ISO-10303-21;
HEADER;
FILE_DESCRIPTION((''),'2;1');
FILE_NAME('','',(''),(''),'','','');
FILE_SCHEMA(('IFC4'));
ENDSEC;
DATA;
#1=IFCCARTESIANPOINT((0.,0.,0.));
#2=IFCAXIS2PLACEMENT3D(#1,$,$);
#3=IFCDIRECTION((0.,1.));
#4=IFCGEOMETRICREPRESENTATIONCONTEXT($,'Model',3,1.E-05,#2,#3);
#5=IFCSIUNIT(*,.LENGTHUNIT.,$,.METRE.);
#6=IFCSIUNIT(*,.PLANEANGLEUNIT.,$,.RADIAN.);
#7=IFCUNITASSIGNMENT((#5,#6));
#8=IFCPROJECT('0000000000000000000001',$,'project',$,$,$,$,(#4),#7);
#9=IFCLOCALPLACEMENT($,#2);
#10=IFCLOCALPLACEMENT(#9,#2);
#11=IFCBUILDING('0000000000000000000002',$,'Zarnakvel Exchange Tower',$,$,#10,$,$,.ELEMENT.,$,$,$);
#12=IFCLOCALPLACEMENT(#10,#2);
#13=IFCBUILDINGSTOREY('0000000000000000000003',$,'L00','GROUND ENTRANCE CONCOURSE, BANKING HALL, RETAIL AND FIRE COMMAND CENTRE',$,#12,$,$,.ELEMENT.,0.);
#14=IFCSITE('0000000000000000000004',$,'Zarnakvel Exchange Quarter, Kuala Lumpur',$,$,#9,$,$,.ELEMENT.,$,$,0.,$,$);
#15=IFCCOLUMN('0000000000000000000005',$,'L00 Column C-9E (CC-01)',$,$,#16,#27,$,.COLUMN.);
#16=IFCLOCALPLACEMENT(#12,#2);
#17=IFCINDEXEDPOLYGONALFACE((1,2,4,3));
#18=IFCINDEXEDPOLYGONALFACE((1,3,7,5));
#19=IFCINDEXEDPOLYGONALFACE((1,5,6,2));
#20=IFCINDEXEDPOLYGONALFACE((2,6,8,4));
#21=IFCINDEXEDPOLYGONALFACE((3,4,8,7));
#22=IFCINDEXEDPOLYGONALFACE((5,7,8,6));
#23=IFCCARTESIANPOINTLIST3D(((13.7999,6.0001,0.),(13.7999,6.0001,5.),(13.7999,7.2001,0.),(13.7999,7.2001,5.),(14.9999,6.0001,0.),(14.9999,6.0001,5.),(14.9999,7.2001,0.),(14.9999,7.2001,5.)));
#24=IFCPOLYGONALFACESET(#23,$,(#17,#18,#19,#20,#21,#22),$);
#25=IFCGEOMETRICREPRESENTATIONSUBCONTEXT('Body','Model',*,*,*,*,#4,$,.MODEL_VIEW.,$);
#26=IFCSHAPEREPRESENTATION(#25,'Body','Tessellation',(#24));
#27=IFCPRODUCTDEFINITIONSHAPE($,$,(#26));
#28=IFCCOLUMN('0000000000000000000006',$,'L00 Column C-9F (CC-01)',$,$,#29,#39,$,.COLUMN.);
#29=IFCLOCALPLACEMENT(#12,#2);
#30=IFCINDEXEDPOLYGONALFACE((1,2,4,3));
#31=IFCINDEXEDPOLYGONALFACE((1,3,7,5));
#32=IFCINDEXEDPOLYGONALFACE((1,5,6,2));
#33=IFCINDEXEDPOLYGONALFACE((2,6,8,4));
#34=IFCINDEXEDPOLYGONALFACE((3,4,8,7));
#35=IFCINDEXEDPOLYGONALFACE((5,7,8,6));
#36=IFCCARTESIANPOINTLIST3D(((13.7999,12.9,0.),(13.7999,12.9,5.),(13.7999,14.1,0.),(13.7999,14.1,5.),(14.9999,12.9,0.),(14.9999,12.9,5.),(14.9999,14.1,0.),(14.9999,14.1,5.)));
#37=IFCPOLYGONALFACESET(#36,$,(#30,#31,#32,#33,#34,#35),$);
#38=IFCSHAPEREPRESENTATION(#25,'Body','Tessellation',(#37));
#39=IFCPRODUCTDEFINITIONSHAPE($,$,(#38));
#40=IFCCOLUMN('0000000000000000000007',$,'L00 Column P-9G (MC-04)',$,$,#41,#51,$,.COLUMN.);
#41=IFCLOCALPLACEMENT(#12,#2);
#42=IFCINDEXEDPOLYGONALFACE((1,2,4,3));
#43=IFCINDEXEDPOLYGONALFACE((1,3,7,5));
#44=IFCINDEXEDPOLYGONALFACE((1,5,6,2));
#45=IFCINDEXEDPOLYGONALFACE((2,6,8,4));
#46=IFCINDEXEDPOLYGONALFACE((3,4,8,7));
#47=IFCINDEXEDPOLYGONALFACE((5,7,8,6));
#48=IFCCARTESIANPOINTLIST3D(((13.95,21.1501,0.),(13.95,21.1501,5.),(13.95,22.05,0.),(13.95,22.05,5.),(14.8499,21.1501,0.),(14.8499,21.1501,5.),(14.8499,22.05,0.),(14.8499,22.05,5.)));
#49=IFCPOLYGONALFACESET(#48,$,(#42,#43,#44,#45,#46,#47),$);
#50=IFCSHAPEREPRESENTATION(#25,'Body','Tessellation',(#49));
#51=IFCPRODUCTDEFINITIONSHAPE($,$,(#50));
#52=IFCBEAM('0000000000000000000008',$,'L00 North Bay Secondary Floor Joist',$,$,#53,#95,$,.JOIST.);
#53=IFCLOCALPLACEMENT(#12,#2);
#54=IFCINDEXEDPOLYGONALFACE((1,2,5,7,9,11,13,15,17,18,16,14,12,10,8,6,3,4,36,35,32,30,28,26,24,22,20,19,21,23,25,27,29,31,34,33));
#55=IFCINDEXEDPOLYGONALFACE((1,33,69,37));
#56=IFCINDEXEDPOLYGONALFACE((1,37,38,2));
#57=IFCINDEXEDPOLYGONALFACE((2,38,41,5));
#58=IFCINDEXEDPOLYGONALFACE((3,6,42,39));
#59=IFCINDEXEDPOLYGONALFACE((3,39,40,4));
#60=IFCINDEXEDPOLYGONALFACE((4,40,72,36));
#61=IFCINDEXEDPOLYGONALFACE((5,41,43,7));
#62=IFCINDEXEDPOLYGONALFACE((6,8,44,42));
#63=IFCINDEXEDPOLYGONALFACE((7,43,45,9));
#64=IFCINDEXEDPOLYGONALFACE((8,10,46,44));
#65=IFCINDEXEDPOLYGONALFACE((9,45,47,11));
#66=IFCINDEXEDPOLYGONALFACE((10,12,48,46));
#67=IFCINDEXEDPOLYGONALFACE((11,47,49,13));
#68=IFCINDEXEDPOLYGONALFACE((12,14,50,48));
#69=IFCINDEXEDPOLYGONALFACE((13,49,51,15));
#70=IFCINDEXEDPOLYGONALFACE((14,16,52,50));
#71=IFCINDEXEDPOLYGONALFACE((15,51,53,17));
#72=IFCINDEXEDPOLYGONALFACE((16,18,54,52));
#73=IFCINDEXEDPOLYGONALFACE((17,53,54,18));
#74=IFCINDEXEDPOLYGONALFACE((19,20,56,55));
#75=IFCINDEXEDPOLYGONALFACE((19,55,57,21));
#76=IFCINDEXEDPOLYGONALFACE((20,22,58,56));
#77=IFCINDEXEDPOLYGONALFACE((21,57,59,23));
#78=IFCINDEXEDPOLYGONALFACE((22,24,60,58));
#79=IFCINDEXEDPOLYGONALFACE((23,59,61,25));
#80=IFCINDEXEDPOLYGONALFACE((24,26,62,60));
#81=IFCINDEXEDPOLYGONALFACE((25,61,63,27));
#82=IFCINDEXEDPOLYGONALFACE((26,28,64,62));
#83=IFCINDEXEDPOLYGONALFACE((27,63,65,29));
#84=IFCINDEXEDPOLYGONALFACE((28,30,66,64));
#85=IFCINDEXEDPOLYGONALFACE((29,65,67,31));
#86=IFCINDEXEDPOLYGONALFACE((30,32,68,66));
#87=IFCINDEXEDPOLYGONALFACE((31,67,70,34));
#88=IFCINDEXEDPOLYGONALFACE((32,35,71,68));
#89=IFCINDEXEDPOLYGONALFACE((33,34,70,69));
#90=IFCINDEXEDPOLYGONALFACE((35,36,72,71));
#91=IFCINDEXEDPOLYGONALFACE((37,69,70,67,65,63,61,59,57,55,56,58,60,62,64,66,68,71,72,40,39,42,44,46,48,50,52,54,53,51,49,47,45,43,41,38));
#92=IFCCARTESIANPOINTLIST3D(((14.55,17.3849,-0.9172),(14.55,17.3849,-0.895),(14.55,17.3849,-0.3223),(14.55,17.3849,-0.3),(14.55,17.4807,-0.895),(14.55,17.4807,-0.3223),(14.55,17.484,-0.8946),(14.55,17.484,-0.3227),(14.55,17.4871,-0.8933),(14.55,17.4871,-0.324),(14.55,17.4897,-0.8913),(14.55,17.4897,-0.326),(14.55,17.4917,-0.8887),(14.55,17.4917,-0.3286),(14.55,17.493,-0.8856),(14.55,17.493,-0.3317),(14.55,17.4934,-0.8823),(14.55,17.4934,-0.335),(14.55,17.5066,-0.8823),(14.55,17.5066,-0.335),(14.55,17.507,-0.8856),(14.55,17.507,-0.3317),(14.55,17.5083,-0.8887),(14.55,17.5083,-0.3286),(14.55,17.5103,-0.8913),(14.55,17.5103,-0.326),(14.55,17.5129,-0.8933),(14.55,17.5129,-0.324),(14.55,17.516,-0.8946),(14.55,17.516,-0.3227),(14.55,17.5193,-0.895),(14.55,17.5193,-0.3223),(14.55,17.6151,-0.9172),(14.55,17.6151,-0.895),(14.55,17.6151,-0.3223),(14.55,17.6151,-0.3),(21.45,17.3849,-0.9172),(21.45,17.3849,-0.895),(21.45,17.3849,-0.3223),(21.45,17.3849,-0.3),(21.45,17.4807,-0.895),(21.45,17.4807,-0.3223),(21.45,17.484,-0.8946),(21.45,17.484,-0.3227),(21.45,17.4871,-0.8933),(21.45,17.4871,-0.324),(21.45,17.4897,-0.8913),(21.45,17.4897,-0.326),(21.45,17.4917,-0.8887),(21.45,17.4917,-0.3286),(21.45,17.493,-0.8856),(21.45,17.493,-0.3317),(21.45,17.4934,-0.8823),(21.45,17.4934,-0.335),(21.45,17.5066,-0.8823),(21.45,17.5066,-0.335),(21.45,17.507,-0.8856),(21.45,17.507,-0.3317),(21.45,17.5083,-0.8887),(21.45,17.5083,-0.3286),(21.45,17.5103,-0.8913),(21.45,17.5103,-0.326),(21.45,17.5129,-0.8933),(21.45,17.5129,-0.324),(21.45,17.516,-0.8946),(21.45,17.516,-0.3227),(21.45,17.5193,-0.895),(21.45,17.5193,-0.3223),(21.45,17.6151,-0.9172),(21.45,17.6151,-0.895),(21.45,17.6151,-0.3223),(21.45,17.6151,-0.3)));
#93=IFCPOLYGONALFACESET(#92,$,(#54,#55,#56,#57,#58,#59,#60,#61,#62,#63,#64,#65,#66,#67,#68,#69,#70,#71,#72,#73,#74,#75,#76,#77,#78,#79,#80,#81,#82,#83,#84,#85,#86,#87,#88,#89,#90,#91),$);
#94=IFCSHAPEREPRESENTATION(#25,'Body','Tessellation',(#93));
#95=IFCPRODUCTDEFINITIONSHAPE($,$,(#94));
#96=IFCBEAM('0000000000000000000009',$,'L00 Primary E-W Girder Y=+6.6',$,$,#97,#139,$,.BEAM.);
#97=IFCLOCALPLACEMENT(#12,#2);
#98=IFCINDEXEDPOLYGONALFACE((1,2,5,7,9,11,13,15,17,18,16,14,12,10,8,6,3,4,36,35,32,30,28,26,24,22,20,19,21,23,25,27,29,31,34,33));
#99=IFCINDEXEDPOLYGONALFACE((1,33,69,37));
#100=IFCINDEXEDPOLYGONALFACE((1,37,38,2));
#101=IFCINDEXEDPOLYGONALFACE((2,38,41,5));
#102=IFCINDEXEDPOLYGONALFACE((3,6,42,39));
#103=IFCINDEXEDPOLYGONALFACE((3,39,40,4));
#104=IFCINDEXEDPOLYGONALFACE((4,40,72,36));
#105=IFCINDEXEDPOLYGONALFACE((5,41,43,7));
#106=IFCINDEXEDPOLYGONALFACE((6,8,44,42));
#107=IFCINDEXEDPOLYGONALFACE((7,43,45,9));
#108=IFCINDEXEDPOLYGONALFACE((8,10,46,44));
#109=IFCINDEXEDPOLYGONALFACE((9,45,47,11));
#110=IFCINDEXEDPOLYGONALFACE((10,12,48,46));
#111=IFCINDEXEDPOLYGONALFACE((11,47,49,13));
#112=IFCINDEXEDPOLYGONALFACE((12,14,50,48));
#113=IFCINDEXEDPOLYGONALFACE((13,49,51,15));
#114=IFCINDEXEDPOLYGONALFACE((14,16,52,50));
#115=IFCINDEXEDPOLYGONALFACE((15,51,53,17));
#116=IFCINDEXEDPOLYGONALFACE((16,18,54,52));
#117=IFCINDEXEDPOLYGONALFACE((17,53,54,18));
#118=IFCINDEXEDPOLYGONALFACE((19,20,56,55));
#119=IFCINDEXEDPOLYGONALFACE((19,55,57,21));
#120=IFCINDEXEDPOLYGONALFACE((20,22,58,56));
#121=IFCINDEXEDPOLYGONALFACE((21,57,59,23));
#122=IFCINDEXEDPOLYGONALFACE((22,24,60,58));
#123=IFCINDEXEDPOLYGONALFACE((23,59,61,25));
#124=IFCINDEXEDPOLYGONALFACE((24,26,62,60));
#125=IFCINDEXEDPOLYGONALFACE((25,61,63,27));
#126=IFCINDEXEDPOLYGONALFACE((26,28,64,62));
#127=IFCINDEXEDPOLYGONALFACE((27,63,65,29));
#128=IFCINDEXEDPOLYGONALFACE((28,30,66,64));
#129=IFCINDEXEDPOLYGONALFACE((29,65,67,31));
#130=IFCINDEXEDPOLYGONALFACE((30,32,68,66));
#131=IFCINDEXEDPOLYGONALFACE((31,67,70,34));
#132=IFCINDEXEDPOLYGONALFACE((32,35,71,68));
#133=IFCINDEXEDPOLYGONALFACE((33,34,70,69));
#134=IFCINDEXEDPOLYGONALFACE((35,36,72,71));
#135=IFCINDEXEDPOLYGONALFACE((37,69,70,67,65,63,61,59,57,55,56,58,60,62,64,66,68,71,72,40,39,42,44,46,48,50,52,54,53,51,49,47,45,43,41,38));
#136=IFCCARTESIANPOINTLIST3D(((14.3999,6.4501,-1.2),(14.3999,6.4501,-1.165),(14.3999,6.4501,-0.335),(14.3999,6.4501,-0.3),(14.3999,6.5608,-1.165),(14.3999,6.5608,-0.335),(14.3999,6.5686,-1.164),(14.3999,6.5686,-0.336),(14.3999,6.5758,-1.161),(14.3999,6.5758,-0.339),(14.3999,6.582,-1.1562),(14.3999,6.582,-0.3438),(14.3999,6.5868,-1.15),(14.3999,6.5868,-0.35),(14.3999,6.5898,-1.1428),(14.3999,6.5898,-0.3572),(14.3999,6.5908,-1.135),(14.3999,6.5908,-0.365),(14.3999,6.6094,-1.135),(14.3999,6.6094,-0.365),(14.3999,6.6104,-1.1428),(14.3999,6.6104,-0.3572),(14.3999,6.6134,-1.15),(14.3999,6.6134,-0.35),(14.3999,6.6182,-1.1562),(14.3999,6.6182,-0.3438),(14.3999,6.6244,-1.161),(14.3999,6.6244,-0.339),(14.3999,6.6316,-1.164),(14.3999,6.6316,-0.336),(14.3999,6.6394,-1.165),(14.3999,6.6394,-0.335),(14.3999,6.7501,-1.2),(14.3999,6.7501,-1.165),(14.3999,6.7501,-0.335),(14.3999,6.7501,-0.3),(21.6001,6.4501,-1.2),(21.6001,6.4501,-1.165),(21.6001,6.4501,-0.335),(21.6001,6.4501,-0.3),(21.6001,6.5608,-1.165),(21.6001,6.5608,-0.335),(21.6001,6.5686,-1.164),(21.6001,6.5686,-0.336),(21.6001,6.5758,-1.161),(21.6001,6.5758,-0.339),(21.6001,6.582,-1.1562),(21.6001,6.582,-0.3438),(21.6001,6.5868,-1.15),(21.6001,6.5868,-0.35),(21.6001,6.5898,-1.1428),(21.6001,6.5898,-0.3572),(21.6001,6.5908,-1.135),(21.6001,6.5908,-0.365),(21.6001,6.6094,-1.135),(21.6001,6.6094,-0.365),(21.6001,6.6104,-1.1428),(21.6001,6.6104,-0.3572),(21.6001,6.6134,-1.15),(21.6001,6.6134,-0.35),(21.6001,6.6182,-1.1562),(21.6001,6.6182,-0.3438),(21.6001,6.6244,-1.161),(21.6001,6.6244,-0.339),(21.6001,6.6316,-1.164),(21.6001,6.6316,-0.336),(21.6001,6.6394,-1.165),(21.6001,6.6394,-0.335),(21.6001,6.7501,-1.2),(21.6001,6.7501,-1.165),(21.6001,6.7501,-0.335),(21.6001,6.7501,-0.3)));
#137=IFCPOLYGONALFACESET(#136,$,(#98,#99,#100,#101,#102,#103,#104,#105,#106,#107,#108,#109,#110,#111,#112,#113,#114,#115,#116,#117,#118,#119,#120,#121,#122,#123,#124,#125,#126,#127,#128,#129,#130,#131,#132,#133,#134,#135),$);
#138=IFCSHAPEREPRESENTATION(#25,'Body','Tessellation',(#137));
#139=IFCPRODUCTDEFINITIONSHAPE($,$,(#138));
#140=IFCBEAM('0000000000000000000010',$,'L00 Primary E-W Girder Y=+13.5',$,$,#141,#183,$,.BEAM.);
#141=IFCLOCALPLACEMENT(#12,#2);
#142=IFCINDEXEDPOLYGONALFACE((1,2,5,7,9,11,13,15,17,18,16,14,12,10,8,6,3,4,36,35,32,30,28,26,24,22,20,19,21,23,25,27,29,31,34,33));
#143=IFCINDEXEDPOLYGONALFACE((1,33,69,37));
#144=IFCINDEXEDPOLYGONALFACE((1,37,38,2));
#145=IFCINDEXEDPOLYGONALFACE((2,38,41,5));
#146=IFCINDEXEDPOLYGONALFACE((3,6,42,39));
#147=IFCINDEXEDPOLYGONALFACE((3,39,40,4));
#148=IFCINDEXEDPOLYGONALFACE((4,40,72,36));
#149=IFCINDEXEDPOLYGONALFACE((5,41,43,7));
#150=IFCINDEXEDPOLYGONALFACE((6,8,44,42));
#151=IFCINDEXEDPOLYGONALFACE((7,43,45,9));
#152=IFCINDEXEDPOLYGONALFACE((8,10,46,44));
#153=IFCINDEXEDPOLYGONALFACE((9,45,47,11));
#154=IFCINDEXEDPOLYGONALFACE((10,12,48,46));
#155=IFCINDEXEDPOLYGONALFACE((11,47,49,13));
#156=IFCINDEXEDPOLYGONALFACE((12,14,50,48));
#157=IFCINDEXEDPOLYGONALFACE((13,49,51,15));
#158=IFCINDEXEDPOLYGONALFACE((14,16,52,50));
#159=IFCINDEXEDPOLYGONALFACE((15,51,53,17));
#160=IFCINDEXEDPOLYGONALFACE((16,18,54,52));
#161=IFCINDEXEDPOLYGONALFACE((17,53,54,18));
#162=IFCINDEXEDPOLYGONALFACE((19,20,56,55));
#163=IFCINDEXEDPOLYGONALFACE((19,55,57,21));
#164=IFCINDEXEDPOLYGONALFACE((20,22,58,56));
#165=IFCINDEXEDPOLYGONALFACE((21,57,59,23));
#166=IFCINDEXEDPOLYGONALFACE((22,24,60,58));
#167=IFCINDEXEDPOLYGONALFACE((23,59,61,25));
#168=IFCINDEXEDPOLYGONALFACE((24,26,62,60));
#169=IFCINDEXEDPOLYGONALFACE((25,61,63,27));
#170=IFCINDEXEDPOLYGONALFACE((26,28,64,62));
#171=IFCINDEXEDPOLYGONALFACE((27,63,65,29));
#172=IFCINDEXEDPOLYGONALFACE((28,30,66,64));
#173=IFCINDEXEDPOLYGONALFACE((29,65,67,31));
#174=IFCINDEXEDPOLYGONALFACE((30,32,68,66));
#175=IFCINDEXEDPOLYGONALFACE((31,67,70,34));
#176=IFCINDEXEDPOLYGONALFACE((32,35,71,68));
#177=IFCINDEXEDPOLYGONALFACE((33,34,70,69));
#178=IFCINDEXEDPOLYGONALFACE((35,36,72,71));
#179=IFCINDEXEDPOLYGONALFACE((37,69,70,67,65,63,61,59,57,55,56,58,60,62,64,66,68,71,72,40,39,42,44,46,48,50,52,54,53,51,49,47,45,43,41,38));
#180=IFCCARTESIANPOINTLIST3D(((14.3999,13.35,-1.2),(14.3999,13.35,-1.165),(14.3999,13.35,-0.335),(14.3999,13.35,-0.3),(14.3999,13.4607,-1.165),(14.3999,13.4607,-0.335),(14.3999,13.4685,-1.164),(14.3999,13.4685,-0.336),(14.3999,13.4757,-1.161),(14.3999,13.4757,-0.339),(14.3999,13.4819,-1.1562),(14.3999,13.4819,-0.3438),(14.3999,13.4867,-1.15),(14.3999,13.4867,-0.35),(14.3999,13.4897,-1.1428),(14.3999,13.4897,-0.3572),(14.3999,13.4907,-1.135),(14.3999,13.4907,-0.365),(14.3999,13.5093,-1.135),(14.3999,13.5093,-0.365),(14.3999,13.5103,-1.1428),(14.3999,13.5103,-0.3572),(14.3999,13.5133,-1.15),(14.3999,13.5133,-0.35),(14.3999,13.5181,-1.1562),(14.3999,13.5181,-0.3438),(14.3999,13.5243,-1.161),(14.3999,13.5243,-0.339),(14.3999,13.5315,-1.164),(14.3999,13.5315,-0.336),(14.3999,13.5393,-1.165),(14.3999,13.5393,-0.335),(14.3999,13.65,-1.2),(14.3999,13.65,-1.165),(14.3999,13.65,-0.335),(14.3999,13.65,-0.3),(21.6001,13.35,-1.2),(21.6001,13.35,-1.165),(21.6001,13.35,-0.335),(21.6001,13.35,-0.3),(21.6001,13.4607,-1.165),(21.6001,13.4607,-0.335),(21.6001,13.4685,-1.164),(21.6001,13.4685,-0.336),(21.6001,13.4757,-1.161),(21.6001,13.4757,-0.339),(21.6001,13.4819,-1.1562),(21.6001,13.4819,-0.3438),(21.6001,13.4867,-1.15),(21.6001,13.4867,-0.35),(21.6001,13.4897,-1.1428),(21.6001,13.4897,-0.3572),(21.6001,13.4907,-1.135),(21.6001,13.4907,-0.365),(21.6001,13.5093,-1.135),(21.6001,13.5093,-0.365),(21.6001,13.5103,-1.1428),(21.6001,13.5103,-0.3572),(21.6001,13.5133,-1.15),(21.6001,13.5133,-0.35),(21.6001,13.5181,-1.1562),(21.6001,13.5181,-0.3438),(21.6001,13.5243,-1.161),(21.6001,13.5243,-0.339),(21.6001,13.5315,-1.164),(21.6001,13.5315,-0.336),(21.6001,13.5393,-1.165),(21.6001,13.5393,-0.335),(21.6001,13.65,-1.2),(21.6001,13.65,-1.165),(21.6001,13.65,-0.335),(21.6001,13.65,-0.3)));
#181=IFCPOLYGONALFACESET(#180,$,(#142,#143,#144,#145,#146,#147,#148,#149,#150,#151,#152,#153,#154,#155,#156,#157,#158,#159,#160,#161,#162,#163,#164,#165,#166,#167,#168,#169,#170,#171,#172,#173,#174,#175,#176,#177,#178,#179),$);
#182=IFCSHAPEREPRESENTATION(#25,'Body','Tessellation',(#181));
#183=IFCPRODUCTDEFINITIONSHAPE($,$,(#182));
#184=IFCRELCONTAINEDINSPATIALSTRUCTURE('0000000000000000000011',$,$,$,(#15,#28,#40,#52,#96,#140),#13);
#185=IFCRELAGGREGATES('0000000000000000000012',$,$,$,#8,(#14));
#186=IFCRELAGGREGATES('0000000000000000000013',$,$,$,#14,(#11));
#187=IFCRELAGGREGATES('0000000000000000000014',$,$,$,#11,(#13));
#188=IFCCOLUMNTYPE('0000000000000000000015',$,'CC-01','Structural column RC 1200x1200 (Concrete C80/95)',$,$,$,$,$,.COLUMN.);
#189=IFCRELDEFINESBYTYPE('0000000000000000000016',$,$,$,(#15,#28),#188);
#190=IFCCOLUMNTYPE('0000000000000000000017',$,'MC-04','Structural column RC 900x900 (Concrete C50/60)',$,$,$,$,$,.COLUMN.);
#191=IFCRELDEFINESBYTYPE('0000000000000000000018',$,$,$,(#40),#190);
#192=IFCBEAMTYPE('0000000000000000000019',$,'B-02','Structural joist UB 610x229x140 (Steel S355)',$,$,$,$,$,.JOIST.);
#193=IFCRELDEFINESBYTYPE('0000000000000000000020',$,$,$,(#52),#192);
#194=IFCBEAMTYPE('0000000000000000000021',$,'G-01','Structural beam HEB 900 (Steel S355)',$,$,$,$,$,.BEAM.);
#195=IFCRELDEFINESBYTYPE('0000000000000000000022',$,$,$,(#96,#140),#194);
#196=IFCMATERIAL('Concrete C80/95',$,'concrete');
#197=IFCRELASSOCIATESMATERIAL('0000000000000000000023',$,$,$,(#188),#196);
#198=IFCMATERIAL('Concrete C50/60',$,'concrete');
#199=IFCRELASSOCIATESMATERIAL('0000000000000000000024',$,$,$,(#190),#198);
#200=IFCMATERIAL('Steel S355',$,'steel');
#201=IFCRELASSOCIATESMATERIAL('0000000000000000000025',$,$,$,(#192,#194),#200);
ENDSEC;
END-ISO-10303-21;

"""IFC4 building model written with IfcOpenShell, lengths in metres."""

from ifc_helpers import new_model, si_unit, direction, frame, origin, origin_2d, place, context, subcontext, project, spatial, rectangle, i_section, extrude, material, material_profile, profile_set, type_object, element, save


model = new_model("IFC4")

# Units and contexts
model_context = context("Model", 3, precision=1e-05, world=origin(), true_north=direction((0.0, 1.0)))
body_context = subcontext(model_context, "Body", "Model", "MODEL_VIEW")
ifc_project = project(units=[si_unit("LENGTHUNIT", "METRE"), si_unit("PLANEANGLEUNIT", "RADIAN")], contexts=[model_context])

# Site, building, storey
site_placement = place(None, origin())
site = spatial("IfcSite", under=ifc_project, at=site_placement, Name="Zarnakvel Exchange Quarter, Kuala Lumpur", CompositionType="ELEMENT", RefElevation=0.0)
building_placement = place(site_placement, origin())
building = spatial("IfcBuilding", under=site, at=building_placement, Name="Zarnakvel Exchange Tower", CompositionType="ELEMENT")
storey_placement = place(building_placement, origin())
storey = spatial("IfcBuildingStorey", under=building, at=storey_placement, Name="L00", Description="GROUND ENTRANCE CONCOURSE, BANKING HALL, RETAIL AND FIRE COMMAND CENTRE", CompositionType="ELEMENT", Elevation=0.0)

# Columns
ifc_material_1 = material(Name="Concrete C80/95", Category="concrete")
ifc_material_profile_1 = material_profile(ifc_material_1, rectangle(XDim=1.2, YDim=1.2, at=origin_2d()))
ifc_profile_set_1 = profile_set([ifc_material_profile_1], Name="Concrete C80/95")
column_type_1 = type_object("IfcColumnType", Name="CC-01", Description="Structural column RC 1200x1200 (Concrete C80/95)", PredefinedType="COLUMN", material=ifc_profile_set_1)
for number, where, z_axis, x_axis, name in (
    (1, (14.3999, 6.6001, 0.0), (0.0, 0.0, 1.0), (1.0, 0.0, 0.0), "L00 Column C-9E (CC-01)"),
    (2, (14.3999, 13.5, 0.0), (0.0, 0.0, 1.0), (1.0, 0.0, 0.0), "L00 Column C-9F (CC-01)"),
):
    element("IfcColumn", number, at=place(storey_placement, frame(where, z_axis=z_axis, x_axis=x_axis)), inside=storey, type_object=column_type_1, Name=name, PredefinedType="COLUMN", context=body_context, shape_type="SweptSolid", body=[
        extrude(rectangle(XDim=1.2, YDim=1.2, at=origin_2d()), origin(), (0.0, 0.0, 1.0), 5.0),
    ])
ifc_material_2 = material(Name="Concrete C50/60", Category="concrete")
ifc_material_profile_2 = material_profile(ifc_material_2, rectangle(XDim=0.8999, YDim=0.8999, at=origin_2d()))
ifc_profile_set_2 = profile_set([ifc_material_profile_2], Name="Concrete C50/60")
column_type_2 = type_object("IfcColumnType", Name="MC-04", Description="Structural column RC 900x900 (Concrete C50/60)", PredefinedType="COLUMN", material=ifc_profile_set_2)
column_placement = place(storey_placement, frame((14.3999, 21.6001, 0.0), z_axis=(0.0, 0.0, 1.0), x_axis=(1.0, 0.0, 0.0)))
element("IfcColumn", 3, at=column_placement, inside=storey, type_object=column_type_2, Name="L00 Column P-9G (MC-04)", PredefinedType="COLUMN", context=body_context, shape_type="SweptSolid", body=[
    extrude(rectangle(XDim=0.8999, YDim=0.8999, at=origin_2d()), origin(), (0.0, 0.0, 1.0), 5.0),
])

# Beams
ifc_material_3 = material(Name="Steel S355", Category="steel")
ifc_material_profile_3 = material_profile(ifc_material_3, i_section(OverallWidth=0.2302, OverallDepth=0.6172, WebThickness=0.0132, FlangeThickness=0.0222, FilletRadius=0.0127, at=origin_2d()))
ifc_profile_set_3 = profile_set([ifc_material_profile_3], Name="Steel S355")
beam_type_1 = type_object("IfcBeamType", Name="B-02", Description="Structural joist UB 610x229x140 (Steel S355)", PredefinedType="JOIST", material=ifc_profile_set_3)
beam_1_placement = place(storey_placement, frame((14.55, 17.5, -0.6086), z_axis=(1.0, 0.0, 0.0), x_axis=(0.0, 1.0, 0.0)))
element("IfcBeam", 4, at=beam_1_placement, inside=storey, type_object=beam_type_1, Name="L00 North Bay Secondary Floor Joist", PredefinedType="JOIST", context=body_context, shape_type="SweptSolid", body=[
    extrude(i_section(OverallWidth=0.2302, OverallDepth=0.6172, WebThickness=0.0132, FlangeThickness=0.0222, FilletRadius=0.0127, at=origin_2d()), origin(), (0.0, 0.0, 1.0), 6.8999),
])
ifc_material_profile_4 = material_profile(ifc_material_3, i_section(OverallWidth=0.3, OverallDepth=0.8999, WebThickness=0.0186, FlangeThickness=0.0349, FilletRadius=0.03, at=origin_2d()))
ifc_profile_set_4 = profile_set([ifc_material_profile_4], Name="Steel S355")
beam_type_2 = type_object("IfcBeamType", Name="G-01", Description="Structural beam HEB 900 (Steel S355)", PredefinedType="BEAM", material=ifc_profile_set_4)
for number, where, z_axis, x_axis, name in (
    (5, (14.3999, 6.6001, -0.75), (1.0, 0.0, 0.0), (0.0, 1.0, 0.0), "L00 Primary E-W Girder Y=+6.6"),
    (6, (14.3999, 13.5, -0.75), (1.0, 0.0, 0.0), (0.0, 1.0, 0.0), "L00 Primary E-W Girder Y=+13.5"),
):
    element("IfcBeam", number, at=place(storey_placement, frame(where, z_axis=z_axis, x_axis=x_axis)), inside=storey, type_object=beam_type_2, Name=name, PredefinedType="BEAM", context=body_context, shape_type="SweptSolid", body=[
        extrude(i_section(OverallWidth=0.3, OverallDepth=0.8999, WebThickness=0.0186, FlangeThickness=0.0349, FilletRadius=0.03, at=origin_2d()), origin(), (0.0, 0.0, 1.0), 7.2002),
    ])

save(model, "model.ifc")
